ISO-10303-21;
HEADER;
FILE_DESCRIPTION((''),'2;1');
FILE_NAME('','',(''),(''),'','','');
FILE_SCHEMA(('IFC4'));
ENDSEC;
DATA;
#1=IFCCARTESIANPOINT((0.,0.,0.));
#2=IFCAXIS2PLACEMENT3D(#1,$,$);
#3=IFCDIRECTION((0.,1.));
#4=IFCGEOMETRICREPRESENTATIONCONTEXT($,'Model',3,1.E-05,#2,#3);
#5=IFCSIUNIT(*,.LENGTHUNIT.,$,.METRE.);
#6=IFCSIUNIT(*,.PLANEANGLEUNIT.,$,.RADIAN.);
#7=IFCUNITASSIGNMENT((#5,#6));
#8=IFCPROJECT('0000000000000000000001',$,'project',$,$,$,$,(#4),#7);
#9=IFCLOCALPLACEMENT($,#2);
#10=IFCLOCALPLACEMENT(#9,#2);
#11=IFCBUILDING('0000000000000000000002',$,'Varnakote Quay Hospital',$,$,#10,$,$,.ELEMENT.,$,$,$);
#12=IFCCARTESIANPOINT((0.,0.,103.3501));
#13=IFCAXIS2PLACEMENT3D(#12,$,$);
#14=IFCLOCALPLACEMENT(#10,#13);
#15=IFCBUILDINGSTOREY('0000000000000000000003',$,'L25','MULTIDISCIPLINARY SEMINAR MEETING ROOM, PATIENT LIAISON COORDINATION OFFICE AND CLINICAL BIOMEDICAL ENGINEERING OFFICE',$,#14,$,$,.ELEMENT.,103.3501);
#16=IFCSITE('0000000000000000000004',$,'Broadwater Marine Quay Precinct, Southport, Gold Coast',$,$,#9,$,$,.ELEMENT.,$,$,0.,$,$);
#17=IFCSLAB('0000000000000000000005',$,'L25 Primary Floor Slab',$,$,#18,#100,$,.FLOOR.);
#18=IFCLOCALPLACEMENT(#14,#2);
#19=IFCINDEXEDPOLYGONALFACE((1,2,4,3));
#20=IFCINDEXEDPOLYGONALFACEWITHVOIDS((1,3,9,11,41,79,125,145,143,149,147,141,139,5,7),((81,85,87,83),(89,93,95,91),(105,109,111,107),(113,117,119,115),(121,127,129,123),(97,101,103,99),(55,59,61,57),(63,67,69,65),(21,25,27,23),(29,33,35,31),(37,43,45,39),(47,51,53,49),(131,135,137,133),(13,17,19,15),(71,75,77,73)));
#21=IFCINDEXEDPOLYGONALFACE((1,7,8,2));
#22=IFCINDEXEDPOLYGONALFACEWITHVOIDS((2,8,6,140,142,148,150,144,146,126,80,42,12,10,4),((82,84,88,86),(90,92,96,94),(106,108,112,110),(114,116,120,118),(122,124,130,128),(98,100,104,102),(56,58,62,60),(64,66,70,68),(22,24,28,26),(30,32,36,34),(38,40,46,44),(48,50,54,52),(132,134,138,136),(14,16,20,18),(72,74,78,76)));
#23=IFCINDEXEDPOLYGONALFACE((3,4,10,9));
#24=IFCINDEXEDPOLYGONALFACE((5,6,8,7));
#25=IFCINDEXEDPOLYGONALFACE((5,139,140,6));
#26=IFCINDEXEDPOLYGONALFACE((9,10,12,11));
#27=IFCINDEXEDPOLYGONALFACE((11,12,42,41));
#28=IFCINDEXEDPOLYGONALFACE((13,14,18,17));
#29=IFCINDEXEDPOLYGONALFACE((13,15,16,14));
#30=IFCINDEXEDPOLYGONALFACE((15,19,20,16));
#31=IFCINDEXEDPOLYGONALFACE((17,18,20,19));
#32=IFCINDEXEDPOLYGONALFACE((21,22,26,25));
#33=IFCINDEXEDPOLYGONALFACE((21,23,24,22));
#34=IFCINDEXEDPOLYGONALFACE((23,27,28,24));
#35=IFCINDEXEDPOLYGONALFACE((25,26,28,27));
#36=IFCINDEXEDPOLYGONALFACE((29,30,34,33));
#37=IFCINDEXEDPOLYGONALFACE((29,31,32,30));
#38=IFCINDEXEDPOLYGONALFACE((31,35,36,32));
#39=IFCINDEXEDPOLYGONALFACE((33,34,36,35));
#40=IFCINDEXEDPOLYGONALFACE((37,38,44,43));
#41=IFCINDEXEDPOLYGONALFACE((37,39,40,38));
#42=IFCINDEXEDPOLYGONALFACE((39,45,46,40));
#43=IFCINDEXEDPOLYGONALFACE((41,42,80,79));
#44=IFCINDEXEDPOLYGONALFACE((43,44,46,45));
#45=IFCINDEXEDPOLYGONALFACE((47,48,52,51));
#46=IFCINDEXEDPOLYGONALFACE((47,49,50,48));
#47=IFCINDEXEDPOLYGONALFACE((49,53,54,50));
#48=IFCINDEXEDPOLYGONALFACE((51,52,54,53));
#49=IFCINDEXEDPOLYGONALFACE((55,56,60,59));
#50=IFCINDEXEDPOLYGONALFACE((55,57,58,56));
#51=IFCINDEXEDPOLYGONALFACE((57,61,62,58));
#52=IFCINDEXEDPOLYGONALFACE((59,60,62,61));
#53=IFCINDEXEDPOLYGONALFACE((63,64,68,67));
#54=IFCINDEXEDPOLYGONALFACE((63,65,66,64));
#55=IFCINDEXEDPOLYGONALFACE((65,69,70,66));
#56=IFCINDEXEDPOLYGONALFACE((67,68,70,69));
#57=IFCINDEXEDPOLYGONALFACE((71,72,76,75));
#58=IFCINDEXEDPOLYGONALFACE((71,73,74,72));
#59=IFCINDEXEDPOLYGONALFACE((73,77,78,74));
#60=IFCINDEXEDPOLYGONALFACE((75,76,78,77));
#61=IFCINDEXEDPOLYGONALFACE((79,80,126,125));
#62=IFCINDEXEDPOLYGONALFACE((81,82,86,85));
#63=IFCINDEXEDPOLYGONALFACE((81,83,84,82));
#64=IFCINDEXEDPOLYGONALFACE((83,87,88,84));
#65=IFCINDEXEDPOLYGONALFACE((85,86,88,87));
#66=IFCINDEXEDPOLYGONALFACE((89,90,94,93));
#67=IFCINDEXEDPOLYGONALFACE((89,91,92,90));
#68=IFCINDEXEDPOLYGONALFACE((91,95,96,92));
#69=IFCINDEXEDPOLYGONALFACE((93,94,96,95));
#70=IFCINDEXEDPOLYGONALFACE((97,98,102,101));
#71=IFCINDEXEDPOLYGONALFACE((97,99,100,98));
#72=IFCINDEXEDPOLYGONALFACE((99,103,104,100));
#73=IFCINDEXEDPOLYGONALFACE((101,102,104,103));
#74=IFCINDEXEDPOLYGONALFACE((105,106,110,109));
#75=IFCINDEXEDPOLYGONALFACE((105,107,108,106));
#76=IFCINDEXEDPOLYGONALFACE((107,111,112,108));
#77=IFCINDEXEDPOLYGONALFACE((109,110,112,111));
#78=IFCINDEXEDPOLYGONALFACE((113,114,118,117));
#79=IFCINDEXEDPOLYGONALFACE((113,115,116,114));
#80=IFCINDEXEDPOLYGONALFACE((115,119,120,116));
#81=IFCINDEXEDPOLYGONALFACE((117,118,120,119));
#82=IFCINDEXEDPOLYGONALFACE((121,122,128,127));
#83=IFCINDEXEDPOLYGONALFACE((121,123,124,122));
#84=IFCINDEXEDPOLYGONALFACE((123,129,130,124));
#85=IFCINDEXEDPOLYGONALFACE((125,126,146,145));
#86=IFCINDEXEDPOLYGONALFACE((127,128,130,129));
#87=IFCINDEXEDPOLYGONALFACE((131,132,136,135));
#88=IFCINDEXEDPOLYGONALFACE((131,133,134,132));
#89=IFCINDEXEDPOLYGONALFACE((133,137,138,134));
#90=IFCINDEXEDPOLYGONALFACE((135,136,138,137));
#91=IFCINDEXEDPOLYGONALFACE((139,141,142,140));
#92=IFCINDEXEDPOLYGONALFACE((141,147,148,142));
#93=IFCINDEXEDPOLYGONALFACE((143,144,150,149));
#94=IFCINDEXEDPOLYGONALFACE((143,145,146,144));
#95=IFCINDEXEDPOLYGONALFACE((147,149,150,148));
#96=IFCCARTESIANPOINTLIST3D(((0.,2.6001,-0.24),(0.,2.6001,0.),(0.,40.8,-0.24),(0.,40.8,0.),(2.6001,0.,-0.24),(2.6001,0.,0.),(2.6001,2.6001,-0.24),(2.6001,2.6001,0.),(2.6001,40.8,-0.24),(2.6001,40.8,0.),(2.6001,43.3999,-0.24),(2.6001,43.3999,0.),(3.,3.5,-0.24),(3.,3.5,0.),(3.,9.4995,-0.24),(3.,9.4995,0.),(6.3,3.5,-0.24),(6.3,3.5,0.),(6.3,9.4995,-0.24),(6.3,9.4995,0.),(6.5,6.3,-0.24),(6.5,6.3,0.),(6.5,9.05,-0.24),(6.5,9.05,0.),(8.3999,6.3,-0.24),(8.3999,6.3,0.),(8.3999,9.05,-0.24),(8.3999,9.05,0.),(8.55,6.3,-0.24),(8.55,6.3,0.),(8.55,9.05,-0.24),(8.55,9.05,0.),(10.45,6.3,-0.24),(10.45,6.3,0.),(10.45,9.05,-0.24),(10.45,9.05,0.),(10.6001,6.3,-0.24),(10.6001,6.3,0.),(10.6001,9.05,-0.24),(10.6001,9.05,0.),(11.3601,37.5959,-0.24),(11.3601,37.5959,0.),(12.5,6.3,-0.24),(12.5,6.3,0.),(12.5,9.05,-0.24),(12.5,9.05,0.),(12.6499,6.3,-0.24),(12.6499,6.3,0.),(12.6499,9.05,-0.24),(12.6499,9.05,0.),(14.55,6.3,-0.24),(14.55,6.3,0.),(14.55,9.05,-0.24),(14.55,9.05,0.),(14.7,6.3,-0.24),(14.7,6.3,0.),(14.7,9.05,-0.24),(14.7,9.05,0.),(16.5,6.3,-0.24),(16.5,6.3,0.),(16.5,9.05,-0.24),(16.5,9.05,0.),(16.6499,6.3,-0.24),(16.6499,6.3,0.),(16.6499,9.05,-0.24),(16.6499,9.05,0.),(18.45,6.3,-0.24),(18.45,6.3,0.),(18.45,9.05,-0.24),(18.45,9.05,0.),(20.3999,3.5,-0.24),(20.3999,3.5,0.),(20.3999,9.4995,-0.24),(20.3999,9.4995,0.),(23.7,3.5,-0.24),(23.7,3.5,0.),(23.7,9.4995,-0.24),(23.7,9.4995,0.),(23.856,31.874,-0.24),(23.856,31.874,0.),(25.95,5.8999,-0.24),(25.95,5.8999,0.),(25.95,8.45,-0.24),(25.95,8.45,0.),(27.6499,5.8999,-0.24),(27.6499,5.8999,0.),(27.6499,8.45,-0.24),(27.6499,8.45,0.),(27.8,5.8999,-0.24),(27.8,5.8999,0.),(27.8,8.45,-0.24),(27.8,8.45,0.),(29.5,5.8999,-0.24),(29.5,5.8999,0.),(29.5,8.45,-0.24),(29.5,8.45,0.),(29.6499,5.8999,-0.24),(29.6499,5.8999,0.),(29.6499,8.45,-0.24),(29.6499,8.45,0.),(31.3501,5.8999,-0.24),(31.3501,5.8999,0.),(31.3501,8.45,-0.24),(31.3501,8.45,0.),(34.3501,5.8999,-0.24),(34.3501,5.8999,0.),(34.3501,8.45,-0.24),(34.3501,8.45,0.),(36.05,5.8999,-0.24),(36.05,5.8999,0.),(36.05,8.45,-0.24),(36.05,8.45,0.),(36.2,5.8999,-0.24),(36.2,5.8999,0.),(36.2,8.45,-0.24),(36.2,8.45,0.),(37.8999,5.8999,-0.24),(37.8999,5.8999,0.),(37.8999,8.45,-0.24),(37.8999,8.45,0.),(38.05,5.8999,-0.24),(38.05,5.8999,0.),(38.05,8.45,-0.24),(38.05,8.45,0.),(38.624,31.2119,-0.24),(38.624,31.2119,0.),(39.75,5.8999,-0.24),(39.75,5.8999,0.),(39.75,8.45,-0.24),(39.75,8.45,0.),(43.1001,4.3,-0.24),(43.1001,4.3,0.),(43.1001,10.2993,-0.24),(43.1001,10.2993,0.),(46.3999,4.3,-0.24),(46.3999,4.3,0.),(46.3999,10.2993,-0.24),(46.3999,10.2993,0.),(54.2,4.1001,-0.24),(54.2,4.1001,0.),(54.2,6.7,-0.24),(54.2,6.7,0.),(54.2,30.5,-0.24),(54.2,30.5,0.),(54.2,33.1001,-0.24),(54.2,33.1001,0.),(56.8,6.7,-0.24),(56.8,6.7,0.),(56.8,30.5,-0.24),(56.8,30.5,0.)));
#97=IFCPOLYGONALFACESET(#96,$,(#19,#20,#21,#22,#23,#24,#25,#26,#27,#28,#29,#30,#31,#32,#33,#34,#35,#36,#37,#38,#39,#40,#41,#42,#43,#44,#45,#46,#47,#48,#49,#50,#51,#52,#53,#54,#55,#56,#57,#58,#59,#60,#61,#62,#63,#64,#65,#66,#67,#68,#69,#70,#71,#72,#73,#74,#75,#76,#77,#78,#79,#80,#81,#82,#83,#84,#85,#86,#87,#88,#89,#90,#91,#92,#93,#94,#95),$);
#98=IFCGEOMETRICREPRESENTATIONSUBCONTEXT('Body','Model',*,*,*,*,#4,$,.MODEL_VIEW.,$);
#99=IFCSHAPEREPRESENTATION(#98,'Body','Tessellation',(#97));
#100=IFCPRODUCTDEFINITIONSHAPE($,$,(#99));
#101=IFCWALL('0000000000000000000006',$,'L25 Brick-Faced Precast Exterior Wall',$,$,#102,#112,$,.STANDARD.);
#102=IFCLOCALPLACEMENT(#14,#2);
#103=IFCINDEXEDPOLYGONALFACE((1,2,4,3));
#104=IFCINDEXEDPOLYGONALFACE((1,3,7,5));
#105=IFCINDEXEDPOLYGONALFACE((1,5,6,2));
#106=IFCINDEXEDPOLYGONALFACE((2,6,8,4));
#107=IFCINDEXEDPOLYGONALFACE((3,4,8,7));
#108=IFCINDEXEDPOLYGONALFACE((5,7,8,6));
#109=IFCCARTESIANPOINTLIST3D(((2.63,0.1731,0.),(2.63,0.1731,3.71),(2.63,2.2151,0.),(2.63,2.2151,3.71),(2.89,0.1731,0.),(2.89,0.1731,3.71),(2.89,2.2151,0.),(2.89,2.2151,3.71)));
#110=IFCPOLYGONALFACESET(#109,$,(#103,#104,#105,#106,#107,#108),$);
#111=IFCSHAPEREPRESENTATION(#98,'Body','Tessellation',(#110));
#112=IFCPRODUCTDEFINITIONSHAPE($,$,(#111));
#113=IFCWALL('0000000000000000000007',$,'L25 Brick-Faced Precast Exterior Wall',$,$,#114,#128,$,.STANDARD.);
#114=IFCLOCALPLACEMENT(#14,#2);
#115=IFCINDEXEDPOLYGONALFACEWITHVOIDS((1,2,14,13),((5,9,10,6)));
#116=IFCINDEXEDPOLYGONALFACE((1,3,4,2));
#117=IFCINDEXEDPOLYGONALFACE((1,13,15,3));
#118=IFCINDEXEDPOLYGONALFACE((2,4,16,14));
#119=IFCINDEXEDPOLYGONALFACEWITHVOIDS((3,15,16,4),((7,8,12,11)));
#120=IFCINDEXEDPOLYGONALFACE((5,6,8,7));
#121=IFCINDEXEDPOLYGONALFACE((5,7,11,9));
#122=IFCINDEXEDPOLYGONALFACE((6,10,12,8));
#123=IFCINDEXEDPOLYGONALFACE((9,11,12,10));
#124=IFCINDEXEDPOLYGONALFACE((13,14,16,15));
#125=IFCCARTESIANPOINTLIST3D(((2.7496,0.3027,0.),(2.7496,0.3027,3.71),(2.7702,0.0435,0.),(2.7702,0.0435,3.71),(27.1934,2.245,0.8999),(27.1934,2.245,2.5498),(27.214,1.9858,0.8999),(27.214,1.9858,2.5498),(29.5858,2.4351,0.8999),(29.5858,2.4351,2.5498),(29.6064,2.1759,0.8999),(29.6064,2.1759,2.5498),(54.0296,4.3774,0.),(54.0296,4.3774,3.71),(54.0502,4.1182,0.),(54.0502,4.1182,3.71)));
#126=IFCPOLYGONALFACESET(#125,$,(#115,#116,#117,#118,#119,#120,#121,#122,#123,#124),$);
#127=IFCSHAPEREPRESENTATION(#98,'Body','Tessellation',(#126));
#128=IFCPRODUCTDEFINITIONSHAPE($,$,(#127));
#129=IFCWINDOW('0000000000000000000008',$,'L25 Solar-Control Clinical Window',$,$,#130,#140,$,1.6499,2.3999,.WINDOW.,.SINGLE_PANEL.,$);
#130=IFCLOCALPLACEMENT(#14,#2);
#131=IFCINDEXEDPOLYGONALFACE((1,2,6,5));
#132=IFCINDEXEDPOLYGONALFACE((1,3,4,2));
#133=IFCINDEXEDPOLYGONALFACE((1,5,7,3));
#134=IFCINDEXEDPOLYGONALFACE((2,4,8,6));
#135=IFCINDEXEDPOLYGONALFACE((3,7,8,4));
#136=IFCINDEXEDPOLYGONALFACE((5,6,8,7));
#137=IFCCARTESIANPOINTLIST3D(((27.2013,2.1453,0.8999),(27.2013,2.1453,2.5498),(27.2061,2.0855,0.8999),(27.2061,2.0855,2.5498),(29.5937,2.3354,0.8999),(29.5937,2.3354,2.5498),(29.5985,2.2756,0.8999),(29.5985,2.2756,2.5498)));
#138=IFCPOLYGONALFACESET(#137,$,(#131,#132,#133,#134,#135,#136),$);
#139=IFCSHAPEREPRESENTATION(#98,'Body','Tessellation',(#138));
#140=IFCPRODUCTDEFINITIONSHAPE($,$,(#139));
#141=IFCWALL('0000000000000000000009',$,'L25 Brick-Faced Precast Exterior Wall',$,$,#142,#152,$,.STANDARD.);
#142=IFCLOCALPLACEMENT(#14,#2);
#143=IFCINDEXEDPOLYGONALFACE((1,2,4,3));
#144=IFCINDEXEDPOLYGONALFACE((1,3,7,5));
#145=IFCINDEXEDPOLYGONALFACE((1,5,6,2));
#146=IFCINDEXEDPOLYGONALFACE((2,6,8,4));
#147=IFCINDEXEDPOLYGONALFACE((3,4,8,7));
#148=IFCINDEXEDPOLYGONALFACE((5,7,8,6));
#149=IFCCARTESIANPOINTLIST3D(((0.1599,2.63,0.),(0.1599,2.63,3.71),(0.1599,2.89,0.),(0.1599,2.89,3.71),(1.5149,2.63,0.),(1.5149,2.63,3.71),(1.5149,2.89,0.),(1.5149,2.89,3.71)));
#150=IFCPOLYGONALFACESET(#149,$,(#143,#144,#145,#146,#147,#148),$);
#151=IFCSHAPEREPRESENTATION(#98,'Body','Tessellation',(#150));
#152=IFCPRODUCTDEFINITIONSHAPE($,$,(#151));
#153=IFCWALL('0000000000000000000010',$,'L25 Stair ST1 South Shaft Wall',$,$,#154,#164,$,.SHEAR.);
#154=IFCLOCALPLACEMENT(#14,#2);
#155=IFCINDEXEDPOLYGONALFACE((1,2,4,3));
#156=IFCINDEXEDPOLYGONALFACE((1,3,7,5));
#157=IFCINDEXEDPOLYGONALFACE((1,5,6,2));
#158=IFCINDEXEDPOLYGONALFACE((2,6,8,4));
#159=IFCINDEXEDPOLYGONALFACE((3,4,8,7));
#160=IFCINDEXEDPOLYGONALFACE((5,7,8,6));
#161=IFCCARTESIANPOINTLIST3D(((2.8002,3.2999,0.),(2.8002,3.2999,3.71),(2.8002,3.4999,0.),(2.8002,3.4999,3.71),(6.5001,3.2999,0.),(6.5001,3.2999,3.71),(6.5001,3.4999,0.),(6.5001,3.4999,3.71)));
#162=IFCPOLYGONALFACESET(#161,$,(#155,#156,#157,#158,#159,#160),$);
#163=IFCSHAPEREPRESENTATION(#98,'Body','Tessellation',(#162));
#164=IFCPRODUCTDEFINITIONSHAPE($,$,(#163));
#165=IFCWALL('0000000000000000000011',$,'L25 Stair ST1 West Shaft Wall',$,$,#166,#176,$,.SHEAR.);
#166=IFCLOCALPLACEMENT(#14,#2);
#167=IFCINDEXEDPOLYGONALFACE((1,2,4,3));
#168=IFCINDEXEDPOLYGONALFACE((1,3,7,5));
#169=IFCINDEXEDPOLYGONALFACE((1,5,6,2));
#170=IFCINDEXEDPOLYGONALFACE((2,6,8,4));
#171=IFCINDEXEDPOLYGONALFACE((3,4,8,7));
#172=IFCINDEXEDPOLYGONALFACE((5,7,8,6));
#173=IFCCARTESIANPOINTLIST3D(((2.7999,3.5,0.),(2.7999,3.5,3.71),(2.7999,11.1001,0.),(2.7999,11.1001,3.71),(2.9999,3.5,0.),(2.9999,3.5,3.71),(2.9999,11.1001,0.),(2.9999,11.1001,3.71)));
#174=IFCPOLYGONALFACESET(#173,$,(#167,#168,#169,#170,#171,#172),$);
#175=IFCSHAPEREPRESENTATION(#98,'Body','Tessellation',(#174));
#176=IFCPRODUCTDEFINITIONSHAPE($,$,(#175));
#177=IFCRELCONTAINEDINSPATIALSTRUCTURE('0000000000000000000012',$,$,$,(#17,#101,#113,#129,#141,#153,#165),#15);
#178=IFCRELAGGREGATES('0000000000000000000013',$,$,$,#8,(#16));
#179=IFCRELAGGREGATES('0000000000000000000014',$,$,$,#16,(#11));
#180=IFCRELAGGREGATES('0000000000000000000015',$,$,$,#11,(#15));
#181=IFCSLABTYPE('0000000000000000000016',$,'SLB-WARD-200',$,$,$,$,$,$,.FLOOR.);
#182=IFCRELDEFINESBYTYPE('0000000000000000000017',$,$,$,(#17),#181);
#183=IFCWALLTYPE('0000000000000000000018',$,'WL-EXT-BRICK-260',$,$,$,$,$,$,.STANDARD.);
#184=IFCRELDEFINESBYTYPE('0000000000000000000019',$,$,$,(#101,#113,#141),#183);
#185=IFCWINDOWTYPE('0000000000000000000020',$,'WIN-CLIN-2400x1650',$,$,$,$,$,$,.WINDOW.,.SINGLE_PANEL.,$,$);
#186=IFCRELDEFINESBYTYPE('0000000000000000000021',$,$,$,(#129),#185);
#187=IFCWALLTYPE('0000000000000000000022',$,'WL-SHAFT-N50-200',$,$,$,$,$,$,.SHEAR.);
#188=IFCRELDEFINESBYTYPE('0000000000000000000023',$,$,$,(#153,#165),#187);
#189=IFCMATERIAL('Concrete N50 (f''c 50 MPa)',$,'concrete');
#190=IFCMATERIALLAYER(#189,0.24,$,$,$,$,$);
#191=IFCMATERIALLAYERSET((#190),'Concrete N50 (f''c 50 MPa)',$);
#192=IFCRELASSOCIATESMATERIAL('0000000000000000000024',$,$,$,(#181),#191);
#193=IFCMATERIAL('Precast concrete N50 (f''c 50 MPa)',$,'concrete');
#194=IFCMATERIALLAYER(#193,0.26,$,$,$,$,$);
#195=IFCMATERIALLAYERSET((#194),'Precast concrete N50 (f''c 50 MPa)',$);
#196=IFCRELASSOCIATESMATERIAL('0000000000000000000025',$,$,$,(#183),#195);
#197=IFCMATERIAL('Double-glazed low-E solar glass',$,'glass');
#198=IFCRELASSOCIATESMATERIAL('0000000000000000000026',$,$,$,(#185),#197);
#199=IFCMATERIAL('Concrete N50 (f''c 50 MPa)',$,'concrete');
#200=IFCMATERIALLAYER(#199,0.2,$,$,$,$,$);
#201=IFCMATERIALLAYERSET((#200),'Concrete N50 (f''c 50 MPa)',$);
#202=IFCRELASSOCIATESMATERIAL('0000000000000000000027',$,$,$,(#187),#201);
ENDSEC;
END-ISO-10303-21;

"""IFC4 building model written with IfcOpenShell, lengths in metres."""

from ifc_helpers import new_model, si_unit, direction, frame, frame_2d, origin, place, context, subcontext, project, spatial, polyline, rectangle, outline, extrude, material, layer, layer_set, type_object, element, fill, save


model = new_model("IFC4")

# Units and contexts
model_context = context("Model", 3, precision=1e-05, world=origin(), true_north=direction((0.0, 1.0)))
body_context = subcontext(model_context, "Body", "Model", "MODEL_VIEW")
ifc_project = project(units=[si_unit("LENGTHUNIT", "METRE"), si_unit("PLANEANGLEUNIT", "RADIAN")], contexts=[model_context])

# Site, building, storey
site_placement = place(None, origin())
site = spatial("IfcSite", under=ifc_project, at=site_placement, Name="Broadwater Marine Quay Precinct, Southport, Gold Coast", CompositionType="ELEMENT", RefElevation=0.0)
building_placement = place(site_placement, origin())
building = spatial("IfcBuilding", under=site, at=building_placement, Name="Varnakote Quay Hospital", CompositionType="ELEMENT")
storey_placement = place(building_placement, frame((0.0, 0.0, 103.3501)))
storey = spatial("IfcBuildingStorey", under=building, at=storey_placement, Name="L25", Description="MULTIDISCIPLINARY SEMINAR MEETING ROOM, PATIENT LIAISON COORDINATION OFFICE AND CLINICAL BIOMEDICAL ENGINEERING OFFICE", CompositionType="ELEMENT", Elevation=103.3501)

# Slab
ifc_material_1 = material(Name="Concrete N50 (f'c 50 MPa)", Category="concrete")
ifc_layer_1 = layer(ifc_material_1, 0.24)
ifc_layer_set_1 = layer_set([ifc_layer_1], Name="Concrete N50 (f'c 50 MPa)")
slab_type_1 = type_object("IfcSlabType", Name="SLB-WARD-200", PredefinedType="FLOOR", material=ifc_layer_set_1)
slab_1_placement = place(storey_placement, frame((0.0, 0.0, -0.24)))
element("IfcSlab", 1, at=slab_1_placement, inside=storey, type_object=slab_type_1, Name="L25 Primary Floor Slab", PredefinedType="FLOOR", context=body_context, shape_type="SweptSolid", body=[
    extrude(outline(polyline([(0.0, 2.6001), (2.6001, 2.6001), (2.6001, 0.0), (54.2, 4.1001), (54.2, 6.7), (56.8, 6.7), (56.8, 30.5), (54.2, 30.5), (54.2, 33.1001), (38.624, 31.2119), (23.856, 31.874), (11.3601, 37.5959), (2.6001, 43.3999), (2.6001, 40.8), (0.0, 40.8), (0.0, 2.6001)]), holes=[polyline([(3.0, 3.5), (6.3, 3.5), (6.3, 9.4995), (3.0, 9.4995), (3.0, 3.5)]), polyline([(20.3999, 3.5), (23.7, 3.5), (23.7, 9.4995), (20.3999, 9.4995), (20.3999, 3.5)]), polyline([(43.1001, 4.3), (46.3999, 4.3), (46.3999, 10.2993), (43.1001, 10.2993), (43.1001, 4.3)]), polyline([(6.5, 6.3), (8.3999, 6.3), (8.3999, 9.05), (6.5, 9.05), (6.5, 6.3)]), polyline([(8.55, 6.3), (10.45, 6.3), (10.45, 9.05), (8.55, 9.05), (8.55, 6.3)]), polyline([(10.6001, 6.3), (12.5, 6.3), (12.5, 9.05), (10.6001, 9.05), (10.6001, 6.3)]), polyline([(12.6499, 6.3), (14.55, 6.3), (14.55, 9.05), (12.6499, 9.05), (12.6499, 6.3)]), polyline([(14.7, 6.3), (16.5, 6.3), (16.5, 9.05), (14.7, 9.05), (14.7, 6.3)]), polyline([(16.6499, 6.3), (18.45, 6.3), (18.45, 9.05), (16.6499, 9.05), (16.6499, 6.3)]), polyline([(25.95, 5.8999), (27.6499, 5.8999), (27.6499, 8.45), (25.95, 8.45), (25.95, 5.8999)]), polyline([(27.8, 5.8999), (29.5, 5.8999), (29.5, 8.45), (27.8, 8.45), (27.8, 5.8999)]), polyline([(29.6499, 5.8999), (31.3501, 5.8999), (31.3501, 8.45), (29.6499, 8.45), (29.6499, 5.8999)]), polyline([(34.3501, 5.8999), (36.05, 5.8999), (36.05, 8.45), (34.3501, 8.45), (34.3501, 5.8999)]), polyline([(36.2, 5.8999), (37.8999, 5.8999), (37.8999, 8.45), (36.2, 8.45), (36.2, 5.8999)]), polyline([(38.05, 5.8999), (39.75, 5.8999), (39.75, 8.45), (38.05, 8.45), (38.05, 5.8999)])]), origin(), (0.0, 0.0, 1.0), 0.24),
])

# Wall
ifc_material_2 = material(Name="Precast concrete N50 (f'c 50 MPa)", Category="concrete")
ifc_layer_2 = layer(ifc_material_2, 0.26)
ifc_layer_set_2 = layer_set([ifc_layer_2], Name="Precast concrete N50 (f'c 50 MPa)")
wall_type_1 = type_object("IfcWallType", Name="WL-EXT-BRICK-260", PredefinedType="STANDARD", material=ifc_layer_set_2)
wall_1_placement = place(storey_placement, frame((2.76, 2.2151, 0.0), z_axis=(0.0, 0.0, 1.0), x_axis=(0.0, -1.0, 0.0)))
element("IfcWall", 2, at=wall_1_placement, inside=storey, type_object=wall_type_1, Name="L25 Brick-Faced Precast Exterior Wall", PredefinedType="STANDARD", context=body_context, shape_type="SweptSolid", body=[
    extrude(rectangle(XDim=2.042, YDim=0.26, at=frame_2d((1.021, 0.0))), origin(), (0.0, 0.0, 1.0), 3.71),
])

# Wall, opening, window
wall_2_placement = place(storey_placement, frame((2.76, 0.1731, 0.0), z_axis=(0.0, 0.0, 1.0), x_axis=(0.996858, 0.07921, 0.0)))
wall_2 = element("IfcWall", 3, at=wall_2_placement, inside=storey, type_object=wall_type_1, Name="L25 Brick-Faced Precast Exterior Wall", PredefinedType="STANDARD", context=body_context, shape_type="SweptSolid", body=[
    extrude(rectangle(XDim=51.4417, YDim=0.26, at=frame_2d((25.7207, 0.0))), origin(), (0.0, 0.0, 1.0), 3.71),
])
opening_1_placement = place(wall_2_placement, frame((24.5208, 0.0, 0.8999)))
opening_1 = element("IfcOpeningElement", 4, at=opening_1_placement, cuts=wall_2, PredefinedType="OPENING", context=body_context, shape_type="SweptSolid", body=[
    extrude(rectangle(XDim=2.3999, YDim=1.6499, at=frame_2d((1.2, 0.825))), frame((0.0, 0.1399, 0.0), z_axis=(0.0, -1.0, 0.0), x_axis=(1.0, 0.0, 0.0)), (0.0, 0.0, 1.0), 0.28),
])
ifc_material_3 = material(Name="Double-glazed low-E solar glass", Category="glass")
window_type = type_object("IfcWindowType", Name="WIN-CLIN-2400x1650", PartitioningType="SINGLE_PANEL", PredefinedType="WINDOW", material=ifc_material_3)
window_placement = place(opening_1_placement, origin())
window = element("IfcWindow", 5, at=window_placement, inside=storey, type_object=window_type, Name="L25 Solar-Control Clinical Window", OverallHeight=1.6499, OverallWidth=2.3999, PartitioningType="SINGLE_PANEL", PredefinedType="WINDOW", context=body_context, shape_type="SweptSolid", body=[
    extrude(rectangle(XDim=2.3999, YDim=1.6499, at=frame_2d((1.2, 0.825))), frame((0.0, 0.03, 0.0), z_axis=(0.0, -1.0, 0.0), x_axis=(1.0, 0.0, 0.0)), (0.0, 0.0, 1.0), 0.0601),
])
fill(opening_1, window)

# Walls
wall_3_placement = place(storey_placement, frame((0.1599, 2.76, 0.0), z_axis=(0.0, 0.0, 1.0), x_axis=(1.0, 0.0, 0.0)))
element("IfcWall", 6, at=wall_3_placement, inside=storey, type_object=wall_type_1, Name="L25 Brick-Faced Precast Exterior Wall", PredefinedType="STANDARD", context=body_context, shape_type="SweptSolid", body=[
    extrude(rectangle(XDim=1.355, YDim=0.26, at=frame_2d((0.6775, 0.0))), origin(), (0.0, 0.0, 1.0), 3.71),
])
ifc_material_4 = material(Name="Concrete N50 (f'c 50 MPa)", Category="concrete")
ifc_layer_3 = layer(ifc_material_4, 0.2)
ifc_layer_set_3 = layer_set([ifc_layer_3], Name="Concrete N50 (f'c 50 MPa)")
wall_type_2 = type_object("IfcWallType", Name="WL-SHAFT-N50-200", PredefinedType="SHEAR", material=ifc_layer_set_3)
wall_4_placement = place(storey_placement, frame((2.8, 3.3999, 0.0), z_axis=(0.0, 0.0, 1.0), x_axis=(1.0, 0.0, 0.0)))
element("IfcWall", 7, at=wall_4_placement, inside=storey, type_object=wall_type_2, Name="L25 Stair ST1 South Shaft Wall", PredefinedType="SHEAR", context=body_context, shape_type="SweptSolid", body=[
    extrude(rectangle(XDim=3.7, YDim=0.2, at=frame_2d((1.8501, 0.0))), origin(), (0.0, 0.0, 1.0), 3.71),
])
wall_5_placement = place(storey_placement, frame((2.8999, 3.5, 0.0), z_axis=(0.0, 0.0, 1.0), x_axis=(0.0, 1.0, 0.0)))
element("IfcWall", 8, at=wall_5_placement, inside=storey, type_object=wall_type_2, Name="L25 Stair ST1 West Shaft Wall", PredefinedType="SHEAR", context=body_context, shape_type="SweptSolid", body=[
    extrude(rectangle(XDim=7.6001, YDim=0.2, at=frame_2d((3.8, 0.0))), origin(), (0.0, 0.0, 1.0), 3.71),
])

save(model, "model.ifc")
